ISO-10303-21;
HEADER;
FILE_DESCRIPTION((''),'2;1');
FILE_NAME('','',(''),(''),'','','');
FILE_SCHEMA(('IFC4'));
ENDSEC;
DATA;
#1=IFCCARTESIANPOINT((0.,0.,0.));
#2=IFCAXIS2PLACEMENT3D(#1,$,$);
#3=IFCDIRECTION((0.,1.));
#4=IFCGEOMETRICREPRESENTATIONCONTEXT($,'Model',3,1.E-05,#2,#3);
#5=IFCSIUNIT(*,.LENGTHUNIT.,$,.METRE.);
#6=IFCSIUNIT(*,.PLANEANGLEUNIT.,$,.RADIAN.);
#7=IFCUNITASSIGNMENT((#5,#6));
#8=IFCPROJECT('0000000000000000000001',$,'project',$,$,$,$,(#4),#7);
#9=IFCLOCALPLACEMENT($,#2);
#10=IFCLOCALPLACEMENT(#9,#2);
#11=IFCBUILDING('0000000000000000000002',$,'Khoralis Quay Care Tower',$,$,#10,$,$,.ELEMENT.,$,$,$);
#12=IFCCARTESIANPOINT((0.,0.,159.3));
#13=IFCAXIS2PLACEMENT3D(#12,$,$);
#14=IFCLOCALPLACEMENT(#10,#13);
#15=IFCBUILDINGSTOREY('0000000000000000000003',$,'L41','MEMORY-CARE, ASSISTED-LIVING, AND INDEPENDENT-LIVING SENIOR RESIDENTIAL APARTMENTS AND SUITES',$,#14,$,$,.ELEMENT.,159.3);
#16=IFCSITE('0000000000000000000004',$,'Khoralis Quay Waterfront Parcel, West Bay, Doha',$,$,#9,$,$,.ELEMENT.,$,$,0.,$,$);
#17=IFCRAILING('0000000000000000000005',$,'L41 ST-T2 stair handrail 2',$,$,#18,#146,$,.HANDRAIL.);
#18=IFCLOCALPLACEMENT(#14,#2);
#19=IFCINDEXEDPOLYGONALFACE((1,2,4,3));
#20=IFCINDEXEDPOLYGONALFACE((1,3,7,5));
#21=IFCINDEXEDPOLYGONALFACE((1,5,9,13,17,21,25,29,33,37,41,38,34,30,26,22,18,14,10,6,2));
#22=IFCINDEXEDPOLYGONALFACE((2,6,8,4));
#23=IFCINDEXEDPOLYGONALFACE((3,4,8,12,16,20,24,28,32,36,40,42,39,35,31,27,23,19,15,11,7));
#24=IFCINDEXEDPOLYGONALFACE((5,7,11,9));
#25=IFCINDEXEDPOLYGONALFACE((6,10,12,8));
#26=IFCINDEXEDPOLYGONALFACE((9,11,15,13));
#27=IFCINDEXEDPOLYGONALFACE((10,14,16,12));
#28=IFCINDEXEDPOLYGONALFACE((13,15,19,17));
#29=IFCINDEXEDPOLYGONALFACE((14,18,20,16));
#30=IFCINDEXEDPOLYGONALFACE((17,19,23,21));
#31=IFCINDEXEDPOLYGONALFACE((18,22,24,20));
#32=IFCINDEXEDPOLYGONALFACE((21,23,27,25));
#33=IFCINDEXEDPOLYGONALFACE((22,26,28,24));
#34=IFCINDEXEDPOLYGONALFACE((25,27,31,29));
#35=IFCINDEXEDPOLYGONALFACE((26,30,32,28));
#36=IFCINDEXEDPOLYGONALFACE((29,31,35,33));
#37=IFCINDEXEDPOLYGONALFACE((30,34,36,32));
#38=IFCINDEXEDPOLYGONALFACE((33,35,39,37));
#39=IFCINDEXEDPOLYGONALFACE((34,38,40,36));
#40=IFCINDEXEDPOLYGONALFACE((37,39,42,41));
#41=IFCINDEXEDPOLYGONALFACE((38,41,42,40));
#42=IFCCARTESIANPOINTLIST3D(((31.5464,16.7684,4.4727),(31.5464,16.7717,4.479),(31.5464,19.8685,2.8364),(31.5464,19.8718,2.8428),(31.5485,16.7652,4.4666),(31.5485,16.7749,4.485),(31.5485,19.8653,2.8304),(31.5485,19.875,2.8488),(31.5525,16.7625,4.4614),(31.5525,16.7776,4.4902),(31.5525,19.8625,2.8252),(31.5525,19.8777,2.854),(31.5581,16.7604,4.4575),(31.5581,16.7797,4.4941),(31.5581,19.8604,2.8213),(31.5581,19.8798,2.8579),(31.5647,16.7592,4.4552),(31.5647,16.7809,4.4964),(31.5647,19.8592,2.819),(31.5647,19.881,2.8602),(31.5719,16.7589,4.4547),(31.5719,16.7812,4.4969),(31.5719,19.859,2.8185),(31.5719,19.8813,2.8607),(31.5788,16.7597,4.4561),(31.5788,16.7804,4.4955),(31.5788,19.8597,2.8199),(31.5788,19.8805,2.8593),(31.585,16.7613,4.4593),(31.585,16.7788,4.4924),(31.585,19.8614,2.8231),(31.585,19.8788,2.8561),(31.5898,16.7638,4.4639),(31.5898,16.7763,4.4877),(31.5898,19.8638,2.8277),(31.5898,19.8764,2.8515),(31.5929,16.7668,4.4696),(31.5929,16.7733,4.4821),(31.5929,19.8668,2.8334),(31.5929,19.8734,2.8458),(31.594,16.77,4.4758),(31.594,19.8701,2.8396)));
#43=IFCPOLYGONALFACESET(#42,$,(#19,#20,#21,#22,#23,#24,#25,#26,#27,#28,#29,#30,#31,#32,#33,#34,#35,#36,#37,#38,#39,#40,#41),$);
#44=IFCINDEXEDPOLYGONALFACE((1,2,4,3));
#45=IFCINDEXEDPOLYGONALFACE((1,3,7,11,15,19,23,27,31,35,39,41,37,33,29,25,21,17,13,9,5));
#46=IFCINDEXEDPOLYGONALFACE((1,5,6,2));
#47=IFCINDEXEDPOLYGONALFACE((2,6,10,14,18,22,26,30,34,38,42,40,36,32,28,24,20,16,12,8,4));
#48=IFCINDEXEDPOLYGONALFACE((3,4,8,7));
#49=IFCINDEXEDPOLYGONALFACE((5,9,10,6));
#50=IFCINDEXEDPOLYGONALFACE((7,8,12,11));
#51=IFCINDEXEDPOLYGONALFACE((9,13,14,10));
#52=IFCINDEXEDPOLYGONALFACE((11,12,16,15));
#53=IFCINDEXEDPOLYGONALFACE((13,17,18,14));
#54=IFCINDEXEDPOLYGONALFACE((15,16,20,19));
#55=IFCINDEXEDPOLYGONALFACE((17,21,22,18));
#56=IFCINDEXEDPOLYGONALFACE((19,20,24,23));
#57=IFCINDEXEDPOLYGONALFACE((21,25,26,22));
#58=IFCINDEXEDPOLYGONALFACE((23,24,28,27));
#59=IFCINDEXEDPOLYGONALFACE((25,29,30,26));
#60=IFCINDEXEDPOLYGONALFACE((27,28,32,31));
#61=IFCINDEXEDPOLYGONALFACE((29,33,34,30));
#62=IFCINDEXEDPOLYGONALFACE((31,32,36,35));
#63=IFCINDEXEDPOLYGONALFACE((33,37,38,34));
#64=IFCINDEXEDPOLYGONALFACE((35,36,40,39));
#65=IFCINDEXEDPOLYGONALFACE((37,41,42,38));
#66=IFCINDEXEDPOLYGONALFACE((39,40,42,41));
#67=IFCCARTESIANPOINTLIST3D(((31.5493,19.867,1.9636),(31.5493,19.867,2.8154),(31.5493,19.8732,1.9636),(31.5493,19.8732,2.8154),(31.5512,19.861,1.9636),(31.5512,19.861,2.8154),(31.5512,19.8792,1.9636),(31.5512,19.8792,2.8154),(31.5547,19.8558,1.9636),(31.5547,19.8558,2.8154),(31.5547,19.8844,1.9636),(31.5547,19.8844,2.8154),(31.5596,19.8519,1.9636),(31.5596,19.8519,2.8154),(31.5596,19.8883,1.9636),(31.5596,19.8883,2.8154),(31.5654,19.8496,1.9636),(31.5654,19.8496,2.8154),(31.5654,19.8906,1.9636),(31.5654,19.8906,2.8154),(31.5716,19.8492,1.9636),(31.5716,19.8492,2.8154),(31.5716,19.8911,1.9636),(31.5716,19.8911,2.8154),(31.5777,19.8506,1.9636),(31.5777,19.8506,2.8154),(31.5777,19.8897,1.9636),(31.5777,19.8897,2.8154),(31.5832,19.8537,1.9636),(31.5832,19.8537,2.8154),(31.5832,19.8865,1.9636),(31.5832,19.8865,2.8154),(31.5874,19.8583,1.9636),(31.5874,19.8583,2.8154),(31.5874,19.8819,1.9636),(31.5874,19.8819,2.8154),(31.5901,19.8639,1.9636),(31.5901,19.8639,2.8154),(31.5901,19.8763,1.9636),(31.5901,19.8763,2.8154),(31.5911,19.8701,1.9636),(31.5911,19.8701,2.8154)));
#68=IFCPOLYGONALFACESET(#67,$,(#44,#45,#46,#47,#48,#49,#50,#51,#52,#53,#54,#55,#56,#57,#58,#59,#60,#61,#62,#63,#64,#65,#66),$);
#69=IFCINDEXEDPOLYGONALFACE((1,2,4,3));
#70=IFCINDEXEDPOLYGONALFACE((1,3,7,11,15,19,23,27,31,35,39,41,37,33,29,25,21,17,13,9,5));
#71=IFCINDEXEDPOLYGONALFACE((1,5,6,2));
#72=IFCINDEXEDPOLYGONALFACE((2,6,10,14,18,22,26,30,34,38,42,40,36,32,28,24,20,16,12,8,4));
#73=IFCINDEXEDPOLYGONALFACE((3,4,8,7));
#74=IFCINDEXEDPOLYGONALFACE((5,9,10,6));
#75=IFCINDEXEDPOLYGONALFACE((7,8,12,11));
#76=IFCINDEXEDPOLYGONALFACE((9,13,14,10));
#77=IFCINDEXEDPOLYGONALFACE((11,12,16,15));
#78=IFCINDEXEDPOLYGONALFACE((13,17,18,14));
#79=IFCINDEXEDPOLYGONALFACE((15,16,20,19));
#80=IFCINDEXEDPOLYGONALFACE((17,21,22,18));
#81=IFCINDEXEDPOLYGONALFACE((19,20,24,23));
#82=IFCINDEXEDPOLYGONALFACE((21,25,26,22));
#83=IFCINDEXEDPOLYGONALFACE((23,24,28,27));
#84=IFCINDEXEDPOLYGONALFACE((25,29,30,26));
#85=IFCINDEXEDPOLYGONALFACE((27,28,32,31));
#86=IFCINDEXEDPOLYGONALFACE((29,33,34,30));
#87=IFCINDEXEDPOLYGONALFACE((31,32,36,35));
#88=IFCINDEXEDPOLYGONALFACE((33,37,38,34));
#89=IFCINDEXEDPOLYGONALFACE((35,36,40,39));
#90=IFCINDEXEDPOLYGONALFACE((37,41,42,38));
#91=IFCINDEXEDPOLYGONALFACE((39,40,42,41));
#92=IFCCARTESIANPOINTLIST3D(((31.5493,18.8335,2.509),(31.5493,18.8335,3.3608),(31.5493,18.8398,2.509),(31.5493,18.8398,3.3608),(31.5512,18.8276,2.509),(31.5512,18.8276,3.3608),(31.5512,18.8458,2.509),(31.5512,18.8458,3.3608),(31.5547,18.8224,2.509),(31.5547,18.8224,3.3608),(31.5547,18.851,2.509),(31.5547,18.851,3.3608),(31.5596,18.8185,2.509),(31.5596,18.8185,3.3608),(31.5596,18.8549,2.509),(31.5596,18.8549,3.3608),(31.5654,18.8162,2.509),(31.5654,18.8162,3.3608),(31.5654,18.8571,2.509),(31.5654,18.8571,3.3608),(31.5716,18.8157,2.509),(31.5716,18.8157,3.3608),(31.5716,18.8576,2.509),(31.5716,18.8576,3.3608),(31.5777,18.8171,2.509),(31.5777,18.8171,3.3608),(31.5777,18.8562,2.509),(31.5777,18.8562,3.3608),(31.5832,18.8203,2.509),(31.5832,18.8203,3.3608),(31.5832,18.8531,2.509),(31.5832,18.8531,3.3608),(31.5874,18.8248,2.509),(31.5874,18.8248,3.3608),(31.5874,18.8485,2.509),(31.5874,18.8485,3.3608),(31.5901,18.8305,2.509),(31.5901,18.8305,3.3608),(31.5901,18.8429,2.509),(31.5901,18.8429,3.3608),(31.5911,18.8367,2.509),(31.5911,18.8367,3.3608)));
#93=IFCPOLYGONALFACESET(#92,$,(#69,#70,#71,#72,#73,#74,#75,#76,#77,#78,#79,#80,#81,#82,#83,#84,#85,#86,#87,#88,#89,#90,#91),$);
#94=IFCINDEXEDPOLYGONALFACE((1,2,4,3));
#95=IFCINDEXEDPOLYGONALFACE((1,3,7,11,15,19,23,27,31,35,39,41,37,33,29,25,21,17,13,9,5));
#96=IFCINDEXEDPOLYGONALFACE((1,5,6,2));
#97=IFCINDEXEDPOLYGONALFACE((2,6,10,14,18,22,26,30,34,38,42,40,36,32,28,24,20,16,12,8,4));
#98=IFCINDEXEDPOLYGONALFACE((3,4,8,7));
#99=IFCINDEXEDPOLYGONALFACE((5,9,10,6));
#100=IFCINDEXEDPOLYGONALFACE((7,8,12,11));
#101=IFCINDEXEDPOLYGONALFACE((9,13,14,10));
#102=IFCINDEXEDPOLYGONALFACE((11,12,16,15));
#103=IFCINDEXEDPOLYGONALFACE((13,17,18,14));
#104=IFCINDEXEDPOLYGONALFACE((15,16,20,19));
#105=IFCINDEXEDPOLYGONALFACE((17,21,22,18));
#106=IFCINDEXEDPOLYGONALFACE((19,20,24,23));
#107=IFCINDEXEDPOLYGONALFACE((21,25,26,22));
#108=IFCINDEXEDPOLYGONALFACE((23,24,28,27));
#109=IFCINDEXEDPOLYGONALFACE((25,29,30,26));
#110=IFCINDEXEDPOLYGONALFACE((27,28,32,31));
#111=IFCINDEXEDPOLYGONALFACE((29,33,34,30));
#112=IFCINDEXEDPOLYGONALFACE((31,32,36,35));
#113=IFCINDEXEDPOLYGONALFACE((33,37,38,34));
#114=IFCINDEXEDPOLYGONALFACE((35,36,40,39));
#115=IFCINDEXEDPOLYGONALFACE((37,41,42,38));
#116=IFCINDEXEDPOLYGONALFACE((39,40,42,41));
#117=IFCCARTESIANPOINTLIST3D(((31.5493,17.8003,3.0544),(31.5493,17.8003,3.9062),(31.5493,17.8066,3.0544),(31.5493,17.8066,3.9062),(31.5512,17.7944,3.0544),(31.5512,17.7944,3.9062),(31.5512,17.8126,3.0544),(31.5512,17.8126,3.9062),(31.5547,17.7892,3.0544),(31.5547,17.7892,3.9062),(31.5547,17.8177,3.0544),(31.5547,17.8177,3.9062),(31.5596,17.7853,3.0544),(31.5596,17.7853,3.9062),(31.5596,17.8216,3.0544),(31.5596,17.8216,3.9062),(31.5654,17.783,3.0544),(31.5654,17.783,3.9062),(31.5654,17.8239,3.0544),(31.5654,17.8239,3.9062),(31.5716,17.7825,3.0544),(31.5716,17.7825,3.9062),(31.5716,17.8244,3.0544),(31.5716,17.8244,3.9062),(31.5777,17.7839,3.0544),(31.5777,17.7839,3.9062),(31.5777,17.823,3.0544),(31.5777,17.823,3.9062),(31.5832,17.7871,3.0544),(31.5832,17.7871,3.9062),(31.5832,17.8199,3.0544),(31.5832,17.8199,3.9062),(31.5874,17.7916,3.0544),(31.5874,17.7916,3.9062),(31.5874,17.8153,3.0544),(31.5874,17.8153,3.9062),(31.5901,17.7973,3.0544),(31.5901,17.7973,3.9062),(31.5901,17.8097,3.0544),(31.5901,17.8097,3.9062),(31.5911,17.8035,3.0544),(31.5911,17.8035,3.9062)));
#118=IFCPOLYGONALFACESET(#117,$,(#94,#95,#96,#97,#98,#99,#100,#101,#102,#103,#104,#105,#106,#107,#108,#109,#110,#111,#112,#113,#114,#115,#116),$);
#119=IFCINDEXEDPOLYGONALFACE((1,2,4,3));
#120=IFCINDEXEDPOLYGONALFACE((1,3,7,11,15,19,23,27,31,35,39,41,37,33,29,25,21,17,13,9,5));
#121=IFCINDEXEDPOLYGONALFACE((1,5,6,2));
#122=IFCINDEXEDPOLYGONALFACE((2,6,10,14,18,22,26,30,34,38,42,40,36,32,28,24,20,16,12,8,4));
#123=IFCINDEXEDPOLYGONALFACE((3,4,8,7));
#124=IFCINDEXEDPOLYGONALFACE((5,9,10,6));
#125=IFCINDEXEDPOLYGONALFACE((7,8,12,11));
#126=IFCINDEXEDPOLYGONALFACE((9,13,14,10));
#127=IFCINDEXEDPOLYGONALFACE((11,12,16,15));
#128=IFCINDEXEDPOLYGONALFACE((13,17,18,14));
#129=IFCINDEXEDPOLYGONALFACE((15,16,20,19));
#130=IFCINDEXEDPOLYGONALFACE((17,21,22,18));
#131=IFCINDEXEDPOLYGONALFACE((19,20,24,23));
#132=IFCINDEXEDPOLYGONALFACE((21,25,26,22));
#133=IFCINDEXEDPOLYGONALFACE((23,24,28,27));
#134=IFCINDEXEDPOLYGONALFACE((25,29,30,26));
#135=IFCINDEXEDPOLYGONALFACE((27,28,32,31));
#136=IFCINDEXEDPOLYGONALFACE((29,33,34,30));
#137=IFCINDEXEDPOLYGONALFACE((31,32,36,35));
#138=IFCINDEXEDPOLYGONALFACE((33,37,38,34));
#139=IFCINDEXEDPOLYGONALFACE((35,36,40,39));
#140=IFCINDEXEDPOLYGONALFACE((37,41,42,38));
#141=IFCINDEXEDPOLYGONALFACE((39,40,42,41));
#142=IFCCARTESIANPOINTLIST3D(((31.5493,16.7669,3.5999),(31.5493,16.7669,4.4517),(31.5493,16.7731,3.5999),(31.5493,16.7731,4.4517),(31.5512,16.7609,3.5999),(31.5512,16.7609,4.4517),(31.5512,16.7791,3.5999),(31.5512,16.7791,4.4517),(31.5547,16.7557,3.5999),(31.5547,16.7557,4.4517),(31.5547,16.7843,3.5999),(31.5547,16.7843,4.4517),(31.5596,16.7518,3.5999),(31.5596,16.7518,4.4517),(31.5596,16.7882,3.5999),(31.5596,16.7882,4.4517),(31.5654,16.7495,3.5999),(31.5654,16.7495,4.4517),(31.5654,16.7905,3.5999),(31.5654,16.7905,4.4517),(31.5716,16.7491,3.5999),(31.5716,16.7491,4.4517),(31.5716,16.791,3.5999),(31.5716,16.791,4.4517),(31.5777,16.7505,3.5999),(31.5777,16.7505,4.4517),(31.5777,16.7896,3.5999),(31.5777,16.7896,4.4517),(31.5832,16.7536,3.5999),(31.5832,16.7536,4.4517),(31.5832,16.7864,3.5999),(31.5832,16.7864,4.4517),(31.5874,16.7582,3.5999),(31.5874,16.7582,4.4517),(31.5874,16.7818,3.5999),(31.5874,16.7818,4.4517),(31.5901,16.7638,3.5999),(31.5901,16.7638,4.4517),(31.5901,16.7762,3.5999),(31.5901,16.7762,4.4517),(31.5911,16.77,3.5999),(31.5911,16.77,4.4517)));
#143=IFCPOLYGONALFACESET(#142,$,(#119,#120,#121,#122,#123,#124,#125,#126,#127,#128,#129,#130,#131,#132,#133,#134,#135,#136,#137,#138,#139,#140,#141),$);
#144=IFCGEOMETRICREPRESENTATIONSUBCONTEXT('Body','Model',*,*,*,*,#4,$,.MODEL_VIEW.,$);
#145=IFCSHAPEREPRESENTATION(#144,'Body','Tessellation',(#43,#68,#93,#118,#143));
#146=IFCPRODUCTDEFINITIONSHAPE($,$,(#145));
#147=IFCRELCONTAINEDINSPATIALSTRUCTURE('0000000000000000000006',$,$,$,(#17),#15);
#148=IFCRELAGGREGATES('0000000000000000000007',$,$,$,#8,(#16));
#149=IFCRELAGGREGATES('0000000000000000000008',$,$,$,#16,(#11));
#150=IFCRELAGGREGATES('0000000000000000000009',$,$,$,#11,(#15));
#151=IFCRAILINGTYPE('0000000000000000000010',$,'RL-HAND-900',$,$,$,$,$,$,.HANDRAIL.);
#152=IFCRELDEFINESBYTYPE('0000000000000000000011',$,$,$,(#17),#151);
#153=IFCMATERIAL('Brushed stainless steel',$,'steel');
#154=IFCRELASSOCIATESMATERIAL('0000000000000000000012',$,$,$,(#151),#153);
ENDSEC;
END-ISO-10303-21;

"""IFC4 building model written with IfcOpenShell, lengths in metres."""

from ifc_helpers import new_model, si_unit, direction, frame, origin, origin_2d, place, context, subcontext, project, spatial, circle, extrude, material, type_object, element, save


model = new_model("IFC4")

# Units and contexts
model_context = context("Model", 3, precision=1e-05, world=origin(), true_north=direction((0.0, 1.0)))
body_context = subcontext(model_context, "Body", "Model", "MODEL_VIEW")
ifc_project = project(units=[si_unit("LENGTHUNIT", "METRE"), si_unit("PLANEANGLEUNIT", "RADIAN")], contexts=[model_context])

# Site, building, storey
site_placement = place(None, origin())
site = spatial("IfcSite", under=ifc_project, at=site_placement, Name="Khoralis Quay Waterfront Parcel, West Bay, Doha", CompositionType="ELEMENT", RefElevation=0.0)
building_placement = place(site_placement, origin())
building = spatial("IfcBuilding", under=site, at=building_placement, Name="Khoralis Quay Care Tower", CompositionType="ELEMENT")
storey_placement = place(building_placement, frame((0.0, 0.0, 159.3)))
storey = spatial("IfcBuildingStorey", under=building, at=storey_placement, Name="L41", Description="MEMORY-CARE, ASSISTED-LIVING, AND INDEPENDENT-LIVING SENIOR RESIDENTIAL APARTMENTS AND SUITES", CompositionType="ELEMENT", Elevation=159.3)

# Shared definitions
ifc_material_1 = material(Name="Brushed stainless steel", Category="steel")

# Railing
railing_type_1 = type_object("IfcRailingType", Name="RL-HAND-900", PredefinedType="HANDRAIL", material=ifc_material_1)
railing_1_placement = place(storey_placement, frame((31.5701, 19.8701, 1.9636)))
element("IfcRailing", 1, at=railing_1_placement, inside=storey, type_object=railing_type_1, Name="L41 ST-T2 stair handrail 2", PredefinedType="HANDRAIL", context=body_context, shape_type="SweptSolid", body=[
    extrude(circle(Radius=0.0239, at=origin_2d()), frame((0.0, 0.0, 0.876), z_axis=(0.0, -0.884377, 0.466774), x_axis=(1.0, 0.0, 0.0)), (0.0, 0.0, 1.0), 3.5054),
    extrude(circle(Radius=0.021, at=origin_2d()), origin(), (0.0, 0.0, 1.0), 0.8518),
    extrude(circle(Radius=0.021, at=origin_2d()), frame((0.0, -1.0334, 0.5454)), (0.0, 0.0, 1.0), 0.8518),
    extrude(circle(Radius=0.021, at=origin_2d()), frame((0.0, -2.0667, 1.0908)), (0.0, 0.0, 1.0), 0.8518),
    extrude(circle(Radius=0.021, at=origin_2d()), frame((0.0, -3.1001, 1.6362)), (0.0, 0.0, 1.0), 0.8518),
])

save(model, "model.ifc")
